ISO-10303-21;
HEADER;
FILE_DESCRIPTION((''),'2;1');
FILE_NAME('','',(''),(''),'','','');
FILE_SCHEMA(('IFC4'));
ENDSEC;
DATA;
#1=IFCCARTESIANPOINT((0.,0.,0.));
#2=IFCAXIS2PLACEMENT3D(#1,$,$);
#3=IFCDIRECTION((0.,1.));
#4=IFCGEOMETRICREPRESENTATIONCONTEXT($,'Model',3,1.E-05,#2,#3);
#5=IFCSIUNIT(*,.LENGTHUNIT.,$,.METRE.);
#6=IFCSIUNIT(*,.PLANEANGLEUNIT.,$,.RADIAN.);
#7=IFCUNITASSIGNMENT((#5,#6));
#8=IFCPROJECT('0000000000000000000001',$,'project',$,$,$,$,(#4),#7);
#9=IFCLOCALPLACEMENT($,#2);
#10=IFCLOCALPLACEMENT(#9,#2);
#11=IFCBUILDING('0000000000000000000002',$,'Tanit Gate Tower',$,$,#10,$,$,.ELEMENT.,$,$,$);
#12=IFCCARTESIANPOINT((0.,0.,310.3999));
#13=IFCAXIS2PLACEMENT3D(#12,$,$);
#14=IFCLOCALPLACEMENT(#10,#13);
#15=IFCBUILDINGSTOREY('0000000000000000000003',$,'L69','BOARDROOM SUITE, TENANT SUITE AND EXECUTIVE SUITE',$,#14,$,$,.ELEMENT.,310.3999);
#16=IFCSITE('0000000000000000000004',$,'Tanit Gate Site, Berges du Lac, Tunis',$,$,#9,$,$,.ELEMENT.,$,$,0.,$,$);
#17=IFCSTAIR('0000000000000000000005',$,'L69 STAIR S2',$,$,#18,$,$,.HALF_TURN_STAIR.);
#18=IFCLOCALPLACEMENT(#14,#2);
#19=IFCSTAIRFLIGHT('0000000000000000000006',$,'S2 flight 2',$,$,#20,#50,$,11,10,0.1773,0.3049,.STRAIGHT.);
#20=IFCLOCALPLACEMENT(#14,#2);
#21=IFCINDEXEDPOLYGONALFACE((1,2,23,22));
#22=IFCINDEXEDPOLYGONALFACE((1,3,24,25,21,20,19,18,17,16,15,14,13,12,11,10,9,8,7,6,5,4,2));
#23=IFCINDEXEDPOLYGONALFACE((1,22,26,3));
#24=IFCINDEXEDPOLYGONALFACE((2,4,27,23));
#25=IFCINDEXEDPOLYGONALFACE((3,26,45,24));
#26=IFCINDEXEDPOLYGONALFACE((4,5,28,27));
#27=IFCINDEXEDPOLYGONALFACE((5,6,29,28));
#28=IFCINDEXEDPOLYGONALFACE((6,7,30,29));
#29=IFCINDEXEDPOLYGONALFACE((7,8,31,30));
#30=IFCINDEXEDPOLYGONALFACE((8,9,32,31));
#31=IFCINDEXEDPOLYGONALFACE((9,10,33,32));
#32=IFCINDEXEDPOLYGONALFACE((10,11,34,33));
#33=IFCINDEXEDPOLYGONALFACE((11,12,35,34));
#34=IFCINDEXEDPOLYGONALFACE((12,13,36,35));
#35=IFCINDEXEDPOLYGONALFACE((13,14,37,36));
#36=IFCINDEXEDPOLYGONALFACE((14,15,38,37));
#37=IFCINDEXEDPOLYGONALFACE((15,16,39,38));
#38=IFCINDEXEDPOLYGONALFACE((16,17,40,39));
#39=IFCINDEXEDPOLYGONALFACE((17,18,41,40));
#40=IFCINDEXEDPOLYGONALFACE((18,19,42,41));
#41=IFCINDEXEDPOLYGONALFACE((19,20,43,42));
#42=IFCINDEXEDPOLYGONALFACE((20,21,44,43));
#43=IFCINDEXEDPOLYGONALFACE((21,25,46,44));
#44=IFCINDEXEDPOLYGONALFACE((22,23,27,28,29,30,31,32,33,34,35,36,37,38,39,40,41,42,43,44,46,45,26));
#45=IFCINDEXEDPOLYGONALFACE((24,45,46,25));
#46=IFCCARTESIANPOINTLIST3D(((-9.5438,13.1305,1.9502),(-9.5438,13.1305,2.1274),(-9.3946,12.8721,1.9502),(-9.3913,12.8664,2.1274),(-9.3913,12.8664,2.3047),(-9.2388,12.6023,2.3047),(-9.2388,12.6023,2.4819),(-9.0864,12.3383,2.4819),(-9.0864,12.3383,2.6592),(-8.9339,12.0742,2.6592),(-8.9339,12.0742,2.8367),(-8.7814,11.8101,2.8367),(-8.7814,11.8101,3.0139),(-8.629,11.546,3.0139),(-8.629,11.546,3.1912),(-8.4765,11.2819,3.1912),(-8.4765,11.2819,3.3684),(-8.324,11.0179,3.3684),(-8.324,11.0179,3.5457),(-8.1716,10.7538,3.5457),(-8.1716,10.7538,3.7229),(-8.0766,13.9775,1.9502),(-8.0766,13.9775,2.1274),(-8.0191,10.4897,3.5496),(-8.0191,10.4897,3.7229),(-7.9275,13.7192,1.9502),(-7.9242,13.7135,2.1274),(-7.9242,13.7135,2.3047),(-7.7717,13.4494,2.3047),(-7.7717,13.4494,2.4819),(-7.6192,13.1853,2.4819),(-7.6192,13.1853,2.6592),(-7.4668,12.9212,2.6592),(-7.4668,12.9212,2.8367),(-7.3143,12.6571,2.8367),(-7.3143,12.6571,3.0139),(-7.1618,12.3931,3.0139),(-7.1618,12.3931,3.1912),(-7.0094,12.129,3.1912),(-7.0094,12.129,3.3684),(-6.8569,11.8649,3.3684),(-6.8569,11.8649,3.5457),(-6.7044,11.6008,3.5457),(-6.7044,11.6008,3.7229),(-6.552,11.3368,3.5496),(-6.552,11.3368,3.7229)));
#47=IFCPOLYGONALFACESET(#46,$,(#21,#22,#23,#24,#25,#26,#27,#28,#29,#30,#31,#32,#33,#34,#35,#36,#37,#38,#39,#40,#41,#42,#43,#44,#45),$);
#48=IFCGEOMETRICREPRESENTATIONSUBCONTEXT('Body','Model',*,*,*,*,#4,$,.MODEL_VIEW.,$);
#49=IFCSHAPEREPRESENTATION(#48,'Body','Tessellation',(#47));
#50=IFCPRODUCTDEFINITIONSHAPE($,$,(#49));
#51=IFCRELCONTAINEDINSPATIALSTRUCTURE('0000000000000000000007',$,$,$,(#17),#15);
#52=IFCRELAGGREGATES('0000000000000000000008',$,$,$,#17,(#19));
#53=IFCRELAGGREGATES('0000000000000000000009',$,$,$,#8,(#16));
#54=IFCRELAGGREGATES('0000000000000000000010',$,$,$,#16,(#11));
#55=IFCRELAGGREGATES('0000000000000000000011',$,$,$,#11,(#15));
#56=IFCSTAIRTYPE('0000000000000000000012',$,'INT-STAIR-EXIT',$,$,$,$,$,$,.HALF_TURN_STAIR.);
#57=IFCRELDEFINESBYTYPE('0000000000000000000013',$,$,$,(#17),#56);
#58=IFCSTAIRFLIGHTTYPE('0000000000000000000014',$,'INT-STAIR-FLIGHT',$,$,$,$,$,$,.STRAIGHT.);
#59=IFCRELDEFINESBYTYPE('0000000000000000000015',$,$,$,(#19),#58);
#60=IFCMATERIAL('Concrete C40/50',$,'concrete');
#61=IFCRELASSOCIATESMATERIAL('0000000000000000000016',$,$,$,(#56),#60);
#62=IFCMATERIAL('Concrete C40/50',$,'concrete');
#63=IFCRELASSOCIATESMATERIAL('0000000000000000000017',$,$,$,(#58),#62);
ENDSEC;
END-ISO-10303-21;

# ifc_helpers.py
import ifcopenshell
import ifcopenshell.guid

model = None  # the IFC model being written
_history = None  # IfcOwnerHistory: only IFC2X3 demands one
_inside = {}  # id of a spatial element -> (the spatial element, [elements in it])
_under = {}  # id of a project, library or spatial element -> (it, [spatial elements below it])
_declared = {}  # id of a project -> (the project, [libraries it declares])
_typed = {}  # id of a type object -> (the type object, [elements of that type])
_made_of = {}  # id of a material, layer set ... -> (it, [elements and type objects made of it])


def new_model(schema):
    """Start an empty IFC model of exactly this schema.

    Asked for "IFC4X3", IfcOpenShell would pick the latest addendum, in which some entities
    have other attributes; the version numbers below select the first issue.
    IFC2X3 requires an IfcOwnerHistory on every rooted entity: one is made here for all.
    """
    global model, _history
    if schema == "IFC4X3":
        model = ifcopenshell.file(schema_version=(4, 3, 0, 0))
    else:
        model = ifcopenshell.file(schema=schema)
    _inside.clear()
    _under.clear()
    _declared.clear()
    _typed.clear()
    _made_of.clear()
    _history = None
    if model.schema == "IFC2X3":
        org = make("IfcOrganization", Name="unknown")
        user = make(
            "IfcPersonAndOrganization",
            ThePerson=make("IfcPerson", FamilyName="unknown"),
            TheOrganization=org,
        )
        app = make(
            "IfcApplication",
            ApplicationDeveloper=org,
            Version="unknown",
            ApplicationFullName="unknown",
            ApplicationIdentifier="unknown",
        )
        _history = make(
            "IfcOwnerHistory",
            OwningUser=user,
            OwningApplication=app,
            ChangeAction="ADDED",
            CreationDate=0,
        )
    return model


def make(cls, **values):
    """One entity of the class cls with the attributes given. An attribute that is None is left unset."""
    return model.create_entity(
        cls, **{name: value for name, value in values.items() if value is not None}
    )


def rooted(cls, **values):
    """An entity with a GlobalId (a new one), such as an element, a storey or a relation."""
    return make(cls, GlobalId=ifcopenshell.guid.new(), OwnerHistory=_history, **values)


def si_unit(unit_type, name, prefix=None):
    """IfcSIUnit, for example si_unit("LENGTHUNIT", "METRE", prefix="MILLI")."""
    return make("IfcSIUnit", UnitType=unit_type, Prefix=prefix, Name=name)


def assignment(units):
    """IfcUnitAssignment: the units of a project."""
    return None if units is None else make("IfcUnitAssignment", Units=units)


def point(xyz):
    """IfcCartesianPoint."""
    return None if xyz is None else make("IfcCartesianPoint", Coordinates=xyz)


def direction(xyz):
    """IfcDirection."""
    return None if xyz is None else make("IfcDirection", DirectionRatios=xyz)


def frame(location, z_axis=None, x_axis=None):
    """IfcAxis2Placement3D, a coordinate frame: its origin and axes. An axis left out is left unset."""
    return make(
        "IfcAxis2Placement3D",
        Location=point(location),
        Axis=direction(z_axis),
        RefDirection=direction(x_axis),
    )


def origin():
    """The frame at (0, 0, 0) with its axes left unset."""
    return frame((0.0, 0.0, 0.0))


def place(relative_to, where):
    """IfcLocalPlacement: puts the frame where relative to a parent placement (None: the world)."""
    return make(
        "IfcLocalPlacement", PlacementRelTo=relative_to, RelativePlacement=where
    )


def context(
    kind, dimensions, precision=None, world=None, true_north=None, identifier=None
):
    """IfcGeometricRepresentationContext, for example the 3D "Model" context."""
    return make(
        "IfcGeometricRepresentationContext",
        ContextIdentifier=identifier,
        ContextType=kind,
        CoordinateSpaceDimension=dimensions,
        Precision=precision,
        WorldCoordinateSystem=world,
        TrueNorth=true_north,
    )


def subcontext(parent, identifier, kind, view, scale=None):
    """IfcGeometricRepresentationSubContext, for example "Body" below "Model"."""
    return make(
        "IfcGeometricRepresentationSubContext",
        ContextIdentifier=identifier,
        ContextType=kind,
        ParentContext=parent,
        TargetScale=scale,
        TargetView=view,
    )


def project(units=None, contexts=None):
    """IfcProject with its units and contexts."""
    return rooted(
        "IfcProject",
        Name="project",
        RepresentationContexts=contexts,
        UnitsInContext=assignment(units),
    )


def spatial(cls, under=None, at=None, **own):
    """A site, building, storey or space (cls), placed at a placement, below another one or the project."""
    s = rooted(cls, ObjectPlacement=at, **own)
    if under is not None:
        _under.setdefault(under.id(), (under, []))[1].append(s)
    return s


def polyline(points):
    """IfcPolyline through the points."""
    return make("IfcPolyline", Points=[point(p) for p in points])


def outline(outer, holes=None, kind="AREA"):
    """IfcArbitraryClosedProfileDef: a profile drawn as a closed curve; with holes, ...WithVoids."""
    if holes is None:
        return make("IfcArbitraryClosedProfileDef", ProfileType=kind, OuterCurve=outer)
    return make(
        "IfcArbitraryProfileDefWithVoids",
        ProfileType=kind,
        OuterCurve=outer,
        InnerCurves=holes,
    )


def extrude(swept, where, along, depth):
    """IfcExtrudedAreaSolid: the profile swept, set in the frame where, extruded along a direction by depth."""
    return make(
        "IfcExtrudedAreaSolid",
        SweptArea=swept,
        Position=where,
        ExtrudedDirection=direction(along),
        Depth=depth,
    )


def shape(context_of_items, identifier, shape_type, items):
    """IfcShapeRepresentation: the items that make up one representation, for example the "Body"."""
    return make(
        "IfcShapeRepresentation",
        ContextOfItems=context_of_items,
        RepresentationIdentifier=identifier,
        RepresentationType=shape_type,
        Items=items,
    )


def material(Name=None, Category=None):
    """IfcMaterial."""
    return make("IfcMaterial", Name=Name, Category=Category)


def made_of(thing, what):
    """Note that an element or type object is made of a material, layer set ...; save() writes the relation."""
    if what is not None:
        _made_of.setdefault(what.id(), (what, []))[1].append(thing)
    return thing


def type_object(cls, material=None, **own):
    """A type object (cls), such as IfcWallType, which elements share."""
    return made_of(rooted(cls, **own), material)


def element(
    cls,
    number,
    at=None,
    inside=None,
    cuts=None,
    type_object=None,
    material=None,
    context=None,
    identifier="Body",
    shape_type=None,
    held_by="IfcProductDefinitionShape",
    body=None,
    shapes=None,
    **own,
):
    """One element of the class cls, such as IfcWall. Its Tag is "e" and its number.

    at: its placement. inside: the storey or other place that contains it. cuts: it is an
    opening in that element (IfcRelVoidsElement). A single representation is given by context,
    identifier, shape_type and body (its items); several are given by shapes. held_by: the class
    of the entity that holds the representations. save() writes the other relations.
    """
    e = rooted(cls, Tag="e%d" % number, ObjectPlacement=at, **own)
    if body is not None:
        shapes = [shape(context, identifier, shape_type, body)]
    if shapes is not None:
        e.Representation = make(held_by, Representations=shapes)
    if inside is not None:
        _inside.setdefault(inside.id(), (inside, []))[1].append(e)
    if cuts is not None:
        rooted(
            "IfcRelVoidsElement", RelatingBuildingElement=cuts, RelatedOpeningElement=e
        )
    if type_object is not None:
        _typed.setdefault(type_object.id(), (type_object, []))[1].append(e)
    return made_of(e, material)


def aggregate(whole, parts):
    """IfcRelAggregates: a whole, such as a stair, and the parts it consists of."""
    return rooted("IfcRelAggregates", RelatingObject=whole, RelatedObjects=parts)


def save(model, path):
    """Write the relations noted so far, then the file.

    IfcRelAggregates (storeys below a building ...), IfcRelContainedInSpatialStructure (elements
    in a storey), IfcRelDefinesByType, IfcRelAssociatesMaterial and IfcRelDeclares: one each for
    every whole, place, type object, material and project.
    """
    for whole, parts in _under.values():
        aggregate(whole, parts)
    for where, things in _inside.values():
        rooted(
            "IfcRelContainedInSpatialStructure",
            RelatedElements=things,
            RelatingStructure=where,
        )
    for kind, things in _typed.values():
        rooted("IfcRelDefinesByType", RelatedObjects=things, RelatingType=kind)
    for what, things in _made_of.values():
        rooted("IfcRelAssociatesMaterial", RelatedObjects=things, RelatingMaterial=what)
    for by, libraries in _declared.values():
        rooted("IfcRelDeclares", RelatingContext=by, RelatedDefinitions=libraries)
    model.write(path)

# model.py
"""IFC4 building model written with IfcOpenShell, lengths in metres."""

from ifc_helpers import new_model, si_unit, direction, frame, origin, place, context, subcontext, project, spatial, polyline, outline, extrude, material, type_object, element, aggregate, save


model = new_model("IFC4")

# Units and contexts
model_context = context("Model", 3, precision=1e-05, world=origin(), true_north=direction((0.0, 1.0)))
body_context = subcontext(model_context, "Body", "Model", "MODEL_VIEW")
ifc_project = project(units=[si_unit("LENGTHUNIT", "METRE"), si_unit("PLANEANGLEUNIT", "RADIAN")], contexts=[model_context])

# Site, building, storey
site_placement = place(None, origin())
site = spatial("IfcSite", under=ifc_project, at=site_placement, Name="Tanit Gate Site, Berges du Lac, Tunis", CompositionType="ELEMENT", RefElevation=0.0)
building_placement = place(site_placement, origin())
building = spatial("IfcBuilding", under=site, at=building_placement, Name="Tanit Gate Tower", CompositionType="ELEMENT")
storey_placement = place(building_placement, frame((0.0, 0.0, 310.3999)))
storey = spatial("IfcBuildingStorey", under=building, at=storey_placement, Name="L69", Description="BOARDROOM SUITE, TENANT SUITE AND EXECUTIVE SUITE", CompositionType="ELEMENT", Elevation=310.3999)

# Stair, stair flight
ifc_material_1 = material(Name="Concrete C40/50", Category="concrete")
stair_type = type_object("IfcStairType", Name="INT-STAIR-EXIT", PredefinedType="HALF_TURN_STAIR", material=ifc_material_1)
stair_placement = place(storey_placement, origin())
stair = element("IfcStair", 1, at=stair_placement, inside=storey, type_object=stair_type, Name="L69 STAIR S2", PredefinedType="HALF_TURN_STAIR")
ifc_material_2 = material(Name="Concrete C40/50", Category="concrete")
stair_flight_type = type_object("IfcStairFlightType", Name="INT-STAIR-FLIGHT", PredefinedType="STRAIGHT", material=ifc_material_2)
stair_flight_placement = place(storey_placement, frame((-8.8103, 13.554, 1.9502), z_axis=(0.0, 0.0, 1.0), x_axis=(0.5, -0.866025, 0.0)))
stair_flight = element("IfcStairFlight", 2, at=stair_flight_placement, type_object=stair_flight_type, Name="S2 flight 2", NumberOfRisers=11, NumberOfTreads=10, PredefinedType="STRAIGHT", RiserHeight=0.1773, TreadLength=0.3049, context=body_context, shape_type="SweptSolid", body=[
    extrude(outline(polyline([(0.0, 0.0), (0.0, 0.1772), (0.3049, 0.1772), (0.3049, 0.3545), (0.6099, 0.3545), (0.6099, 0.5317), (0.9148, 0.5317), (0.9148, 0.709), (1.2197, 0.709), (1.2197, 0.8865), (1.5247, 0.8865), (1.5247, 1.0637), (1.8296, 1.0637), (1.8296, 1.241), (2.1345, 1.241), (2.1345, 1.4182), (2.4395, 1.4182), (2.4395, 1.5955), (2.7444, 1.5955), (2.7444, 1.7727), (3.0493, 1.7727), (3.0493, 1.95), (3.0493, 1.5994), (0.2983, 0.0), (0.0, 0.0)])), frame((0.0, 0.8472, 0.0), z_axis=(0.0, -1.0, 0.0), x_axis=(1.0, 0.0, 0.0)), (0.0, 0.0, 1.0), 1.6941),
])
aggregate(stair, [stair_flight])

save(model, "model.ifc")
